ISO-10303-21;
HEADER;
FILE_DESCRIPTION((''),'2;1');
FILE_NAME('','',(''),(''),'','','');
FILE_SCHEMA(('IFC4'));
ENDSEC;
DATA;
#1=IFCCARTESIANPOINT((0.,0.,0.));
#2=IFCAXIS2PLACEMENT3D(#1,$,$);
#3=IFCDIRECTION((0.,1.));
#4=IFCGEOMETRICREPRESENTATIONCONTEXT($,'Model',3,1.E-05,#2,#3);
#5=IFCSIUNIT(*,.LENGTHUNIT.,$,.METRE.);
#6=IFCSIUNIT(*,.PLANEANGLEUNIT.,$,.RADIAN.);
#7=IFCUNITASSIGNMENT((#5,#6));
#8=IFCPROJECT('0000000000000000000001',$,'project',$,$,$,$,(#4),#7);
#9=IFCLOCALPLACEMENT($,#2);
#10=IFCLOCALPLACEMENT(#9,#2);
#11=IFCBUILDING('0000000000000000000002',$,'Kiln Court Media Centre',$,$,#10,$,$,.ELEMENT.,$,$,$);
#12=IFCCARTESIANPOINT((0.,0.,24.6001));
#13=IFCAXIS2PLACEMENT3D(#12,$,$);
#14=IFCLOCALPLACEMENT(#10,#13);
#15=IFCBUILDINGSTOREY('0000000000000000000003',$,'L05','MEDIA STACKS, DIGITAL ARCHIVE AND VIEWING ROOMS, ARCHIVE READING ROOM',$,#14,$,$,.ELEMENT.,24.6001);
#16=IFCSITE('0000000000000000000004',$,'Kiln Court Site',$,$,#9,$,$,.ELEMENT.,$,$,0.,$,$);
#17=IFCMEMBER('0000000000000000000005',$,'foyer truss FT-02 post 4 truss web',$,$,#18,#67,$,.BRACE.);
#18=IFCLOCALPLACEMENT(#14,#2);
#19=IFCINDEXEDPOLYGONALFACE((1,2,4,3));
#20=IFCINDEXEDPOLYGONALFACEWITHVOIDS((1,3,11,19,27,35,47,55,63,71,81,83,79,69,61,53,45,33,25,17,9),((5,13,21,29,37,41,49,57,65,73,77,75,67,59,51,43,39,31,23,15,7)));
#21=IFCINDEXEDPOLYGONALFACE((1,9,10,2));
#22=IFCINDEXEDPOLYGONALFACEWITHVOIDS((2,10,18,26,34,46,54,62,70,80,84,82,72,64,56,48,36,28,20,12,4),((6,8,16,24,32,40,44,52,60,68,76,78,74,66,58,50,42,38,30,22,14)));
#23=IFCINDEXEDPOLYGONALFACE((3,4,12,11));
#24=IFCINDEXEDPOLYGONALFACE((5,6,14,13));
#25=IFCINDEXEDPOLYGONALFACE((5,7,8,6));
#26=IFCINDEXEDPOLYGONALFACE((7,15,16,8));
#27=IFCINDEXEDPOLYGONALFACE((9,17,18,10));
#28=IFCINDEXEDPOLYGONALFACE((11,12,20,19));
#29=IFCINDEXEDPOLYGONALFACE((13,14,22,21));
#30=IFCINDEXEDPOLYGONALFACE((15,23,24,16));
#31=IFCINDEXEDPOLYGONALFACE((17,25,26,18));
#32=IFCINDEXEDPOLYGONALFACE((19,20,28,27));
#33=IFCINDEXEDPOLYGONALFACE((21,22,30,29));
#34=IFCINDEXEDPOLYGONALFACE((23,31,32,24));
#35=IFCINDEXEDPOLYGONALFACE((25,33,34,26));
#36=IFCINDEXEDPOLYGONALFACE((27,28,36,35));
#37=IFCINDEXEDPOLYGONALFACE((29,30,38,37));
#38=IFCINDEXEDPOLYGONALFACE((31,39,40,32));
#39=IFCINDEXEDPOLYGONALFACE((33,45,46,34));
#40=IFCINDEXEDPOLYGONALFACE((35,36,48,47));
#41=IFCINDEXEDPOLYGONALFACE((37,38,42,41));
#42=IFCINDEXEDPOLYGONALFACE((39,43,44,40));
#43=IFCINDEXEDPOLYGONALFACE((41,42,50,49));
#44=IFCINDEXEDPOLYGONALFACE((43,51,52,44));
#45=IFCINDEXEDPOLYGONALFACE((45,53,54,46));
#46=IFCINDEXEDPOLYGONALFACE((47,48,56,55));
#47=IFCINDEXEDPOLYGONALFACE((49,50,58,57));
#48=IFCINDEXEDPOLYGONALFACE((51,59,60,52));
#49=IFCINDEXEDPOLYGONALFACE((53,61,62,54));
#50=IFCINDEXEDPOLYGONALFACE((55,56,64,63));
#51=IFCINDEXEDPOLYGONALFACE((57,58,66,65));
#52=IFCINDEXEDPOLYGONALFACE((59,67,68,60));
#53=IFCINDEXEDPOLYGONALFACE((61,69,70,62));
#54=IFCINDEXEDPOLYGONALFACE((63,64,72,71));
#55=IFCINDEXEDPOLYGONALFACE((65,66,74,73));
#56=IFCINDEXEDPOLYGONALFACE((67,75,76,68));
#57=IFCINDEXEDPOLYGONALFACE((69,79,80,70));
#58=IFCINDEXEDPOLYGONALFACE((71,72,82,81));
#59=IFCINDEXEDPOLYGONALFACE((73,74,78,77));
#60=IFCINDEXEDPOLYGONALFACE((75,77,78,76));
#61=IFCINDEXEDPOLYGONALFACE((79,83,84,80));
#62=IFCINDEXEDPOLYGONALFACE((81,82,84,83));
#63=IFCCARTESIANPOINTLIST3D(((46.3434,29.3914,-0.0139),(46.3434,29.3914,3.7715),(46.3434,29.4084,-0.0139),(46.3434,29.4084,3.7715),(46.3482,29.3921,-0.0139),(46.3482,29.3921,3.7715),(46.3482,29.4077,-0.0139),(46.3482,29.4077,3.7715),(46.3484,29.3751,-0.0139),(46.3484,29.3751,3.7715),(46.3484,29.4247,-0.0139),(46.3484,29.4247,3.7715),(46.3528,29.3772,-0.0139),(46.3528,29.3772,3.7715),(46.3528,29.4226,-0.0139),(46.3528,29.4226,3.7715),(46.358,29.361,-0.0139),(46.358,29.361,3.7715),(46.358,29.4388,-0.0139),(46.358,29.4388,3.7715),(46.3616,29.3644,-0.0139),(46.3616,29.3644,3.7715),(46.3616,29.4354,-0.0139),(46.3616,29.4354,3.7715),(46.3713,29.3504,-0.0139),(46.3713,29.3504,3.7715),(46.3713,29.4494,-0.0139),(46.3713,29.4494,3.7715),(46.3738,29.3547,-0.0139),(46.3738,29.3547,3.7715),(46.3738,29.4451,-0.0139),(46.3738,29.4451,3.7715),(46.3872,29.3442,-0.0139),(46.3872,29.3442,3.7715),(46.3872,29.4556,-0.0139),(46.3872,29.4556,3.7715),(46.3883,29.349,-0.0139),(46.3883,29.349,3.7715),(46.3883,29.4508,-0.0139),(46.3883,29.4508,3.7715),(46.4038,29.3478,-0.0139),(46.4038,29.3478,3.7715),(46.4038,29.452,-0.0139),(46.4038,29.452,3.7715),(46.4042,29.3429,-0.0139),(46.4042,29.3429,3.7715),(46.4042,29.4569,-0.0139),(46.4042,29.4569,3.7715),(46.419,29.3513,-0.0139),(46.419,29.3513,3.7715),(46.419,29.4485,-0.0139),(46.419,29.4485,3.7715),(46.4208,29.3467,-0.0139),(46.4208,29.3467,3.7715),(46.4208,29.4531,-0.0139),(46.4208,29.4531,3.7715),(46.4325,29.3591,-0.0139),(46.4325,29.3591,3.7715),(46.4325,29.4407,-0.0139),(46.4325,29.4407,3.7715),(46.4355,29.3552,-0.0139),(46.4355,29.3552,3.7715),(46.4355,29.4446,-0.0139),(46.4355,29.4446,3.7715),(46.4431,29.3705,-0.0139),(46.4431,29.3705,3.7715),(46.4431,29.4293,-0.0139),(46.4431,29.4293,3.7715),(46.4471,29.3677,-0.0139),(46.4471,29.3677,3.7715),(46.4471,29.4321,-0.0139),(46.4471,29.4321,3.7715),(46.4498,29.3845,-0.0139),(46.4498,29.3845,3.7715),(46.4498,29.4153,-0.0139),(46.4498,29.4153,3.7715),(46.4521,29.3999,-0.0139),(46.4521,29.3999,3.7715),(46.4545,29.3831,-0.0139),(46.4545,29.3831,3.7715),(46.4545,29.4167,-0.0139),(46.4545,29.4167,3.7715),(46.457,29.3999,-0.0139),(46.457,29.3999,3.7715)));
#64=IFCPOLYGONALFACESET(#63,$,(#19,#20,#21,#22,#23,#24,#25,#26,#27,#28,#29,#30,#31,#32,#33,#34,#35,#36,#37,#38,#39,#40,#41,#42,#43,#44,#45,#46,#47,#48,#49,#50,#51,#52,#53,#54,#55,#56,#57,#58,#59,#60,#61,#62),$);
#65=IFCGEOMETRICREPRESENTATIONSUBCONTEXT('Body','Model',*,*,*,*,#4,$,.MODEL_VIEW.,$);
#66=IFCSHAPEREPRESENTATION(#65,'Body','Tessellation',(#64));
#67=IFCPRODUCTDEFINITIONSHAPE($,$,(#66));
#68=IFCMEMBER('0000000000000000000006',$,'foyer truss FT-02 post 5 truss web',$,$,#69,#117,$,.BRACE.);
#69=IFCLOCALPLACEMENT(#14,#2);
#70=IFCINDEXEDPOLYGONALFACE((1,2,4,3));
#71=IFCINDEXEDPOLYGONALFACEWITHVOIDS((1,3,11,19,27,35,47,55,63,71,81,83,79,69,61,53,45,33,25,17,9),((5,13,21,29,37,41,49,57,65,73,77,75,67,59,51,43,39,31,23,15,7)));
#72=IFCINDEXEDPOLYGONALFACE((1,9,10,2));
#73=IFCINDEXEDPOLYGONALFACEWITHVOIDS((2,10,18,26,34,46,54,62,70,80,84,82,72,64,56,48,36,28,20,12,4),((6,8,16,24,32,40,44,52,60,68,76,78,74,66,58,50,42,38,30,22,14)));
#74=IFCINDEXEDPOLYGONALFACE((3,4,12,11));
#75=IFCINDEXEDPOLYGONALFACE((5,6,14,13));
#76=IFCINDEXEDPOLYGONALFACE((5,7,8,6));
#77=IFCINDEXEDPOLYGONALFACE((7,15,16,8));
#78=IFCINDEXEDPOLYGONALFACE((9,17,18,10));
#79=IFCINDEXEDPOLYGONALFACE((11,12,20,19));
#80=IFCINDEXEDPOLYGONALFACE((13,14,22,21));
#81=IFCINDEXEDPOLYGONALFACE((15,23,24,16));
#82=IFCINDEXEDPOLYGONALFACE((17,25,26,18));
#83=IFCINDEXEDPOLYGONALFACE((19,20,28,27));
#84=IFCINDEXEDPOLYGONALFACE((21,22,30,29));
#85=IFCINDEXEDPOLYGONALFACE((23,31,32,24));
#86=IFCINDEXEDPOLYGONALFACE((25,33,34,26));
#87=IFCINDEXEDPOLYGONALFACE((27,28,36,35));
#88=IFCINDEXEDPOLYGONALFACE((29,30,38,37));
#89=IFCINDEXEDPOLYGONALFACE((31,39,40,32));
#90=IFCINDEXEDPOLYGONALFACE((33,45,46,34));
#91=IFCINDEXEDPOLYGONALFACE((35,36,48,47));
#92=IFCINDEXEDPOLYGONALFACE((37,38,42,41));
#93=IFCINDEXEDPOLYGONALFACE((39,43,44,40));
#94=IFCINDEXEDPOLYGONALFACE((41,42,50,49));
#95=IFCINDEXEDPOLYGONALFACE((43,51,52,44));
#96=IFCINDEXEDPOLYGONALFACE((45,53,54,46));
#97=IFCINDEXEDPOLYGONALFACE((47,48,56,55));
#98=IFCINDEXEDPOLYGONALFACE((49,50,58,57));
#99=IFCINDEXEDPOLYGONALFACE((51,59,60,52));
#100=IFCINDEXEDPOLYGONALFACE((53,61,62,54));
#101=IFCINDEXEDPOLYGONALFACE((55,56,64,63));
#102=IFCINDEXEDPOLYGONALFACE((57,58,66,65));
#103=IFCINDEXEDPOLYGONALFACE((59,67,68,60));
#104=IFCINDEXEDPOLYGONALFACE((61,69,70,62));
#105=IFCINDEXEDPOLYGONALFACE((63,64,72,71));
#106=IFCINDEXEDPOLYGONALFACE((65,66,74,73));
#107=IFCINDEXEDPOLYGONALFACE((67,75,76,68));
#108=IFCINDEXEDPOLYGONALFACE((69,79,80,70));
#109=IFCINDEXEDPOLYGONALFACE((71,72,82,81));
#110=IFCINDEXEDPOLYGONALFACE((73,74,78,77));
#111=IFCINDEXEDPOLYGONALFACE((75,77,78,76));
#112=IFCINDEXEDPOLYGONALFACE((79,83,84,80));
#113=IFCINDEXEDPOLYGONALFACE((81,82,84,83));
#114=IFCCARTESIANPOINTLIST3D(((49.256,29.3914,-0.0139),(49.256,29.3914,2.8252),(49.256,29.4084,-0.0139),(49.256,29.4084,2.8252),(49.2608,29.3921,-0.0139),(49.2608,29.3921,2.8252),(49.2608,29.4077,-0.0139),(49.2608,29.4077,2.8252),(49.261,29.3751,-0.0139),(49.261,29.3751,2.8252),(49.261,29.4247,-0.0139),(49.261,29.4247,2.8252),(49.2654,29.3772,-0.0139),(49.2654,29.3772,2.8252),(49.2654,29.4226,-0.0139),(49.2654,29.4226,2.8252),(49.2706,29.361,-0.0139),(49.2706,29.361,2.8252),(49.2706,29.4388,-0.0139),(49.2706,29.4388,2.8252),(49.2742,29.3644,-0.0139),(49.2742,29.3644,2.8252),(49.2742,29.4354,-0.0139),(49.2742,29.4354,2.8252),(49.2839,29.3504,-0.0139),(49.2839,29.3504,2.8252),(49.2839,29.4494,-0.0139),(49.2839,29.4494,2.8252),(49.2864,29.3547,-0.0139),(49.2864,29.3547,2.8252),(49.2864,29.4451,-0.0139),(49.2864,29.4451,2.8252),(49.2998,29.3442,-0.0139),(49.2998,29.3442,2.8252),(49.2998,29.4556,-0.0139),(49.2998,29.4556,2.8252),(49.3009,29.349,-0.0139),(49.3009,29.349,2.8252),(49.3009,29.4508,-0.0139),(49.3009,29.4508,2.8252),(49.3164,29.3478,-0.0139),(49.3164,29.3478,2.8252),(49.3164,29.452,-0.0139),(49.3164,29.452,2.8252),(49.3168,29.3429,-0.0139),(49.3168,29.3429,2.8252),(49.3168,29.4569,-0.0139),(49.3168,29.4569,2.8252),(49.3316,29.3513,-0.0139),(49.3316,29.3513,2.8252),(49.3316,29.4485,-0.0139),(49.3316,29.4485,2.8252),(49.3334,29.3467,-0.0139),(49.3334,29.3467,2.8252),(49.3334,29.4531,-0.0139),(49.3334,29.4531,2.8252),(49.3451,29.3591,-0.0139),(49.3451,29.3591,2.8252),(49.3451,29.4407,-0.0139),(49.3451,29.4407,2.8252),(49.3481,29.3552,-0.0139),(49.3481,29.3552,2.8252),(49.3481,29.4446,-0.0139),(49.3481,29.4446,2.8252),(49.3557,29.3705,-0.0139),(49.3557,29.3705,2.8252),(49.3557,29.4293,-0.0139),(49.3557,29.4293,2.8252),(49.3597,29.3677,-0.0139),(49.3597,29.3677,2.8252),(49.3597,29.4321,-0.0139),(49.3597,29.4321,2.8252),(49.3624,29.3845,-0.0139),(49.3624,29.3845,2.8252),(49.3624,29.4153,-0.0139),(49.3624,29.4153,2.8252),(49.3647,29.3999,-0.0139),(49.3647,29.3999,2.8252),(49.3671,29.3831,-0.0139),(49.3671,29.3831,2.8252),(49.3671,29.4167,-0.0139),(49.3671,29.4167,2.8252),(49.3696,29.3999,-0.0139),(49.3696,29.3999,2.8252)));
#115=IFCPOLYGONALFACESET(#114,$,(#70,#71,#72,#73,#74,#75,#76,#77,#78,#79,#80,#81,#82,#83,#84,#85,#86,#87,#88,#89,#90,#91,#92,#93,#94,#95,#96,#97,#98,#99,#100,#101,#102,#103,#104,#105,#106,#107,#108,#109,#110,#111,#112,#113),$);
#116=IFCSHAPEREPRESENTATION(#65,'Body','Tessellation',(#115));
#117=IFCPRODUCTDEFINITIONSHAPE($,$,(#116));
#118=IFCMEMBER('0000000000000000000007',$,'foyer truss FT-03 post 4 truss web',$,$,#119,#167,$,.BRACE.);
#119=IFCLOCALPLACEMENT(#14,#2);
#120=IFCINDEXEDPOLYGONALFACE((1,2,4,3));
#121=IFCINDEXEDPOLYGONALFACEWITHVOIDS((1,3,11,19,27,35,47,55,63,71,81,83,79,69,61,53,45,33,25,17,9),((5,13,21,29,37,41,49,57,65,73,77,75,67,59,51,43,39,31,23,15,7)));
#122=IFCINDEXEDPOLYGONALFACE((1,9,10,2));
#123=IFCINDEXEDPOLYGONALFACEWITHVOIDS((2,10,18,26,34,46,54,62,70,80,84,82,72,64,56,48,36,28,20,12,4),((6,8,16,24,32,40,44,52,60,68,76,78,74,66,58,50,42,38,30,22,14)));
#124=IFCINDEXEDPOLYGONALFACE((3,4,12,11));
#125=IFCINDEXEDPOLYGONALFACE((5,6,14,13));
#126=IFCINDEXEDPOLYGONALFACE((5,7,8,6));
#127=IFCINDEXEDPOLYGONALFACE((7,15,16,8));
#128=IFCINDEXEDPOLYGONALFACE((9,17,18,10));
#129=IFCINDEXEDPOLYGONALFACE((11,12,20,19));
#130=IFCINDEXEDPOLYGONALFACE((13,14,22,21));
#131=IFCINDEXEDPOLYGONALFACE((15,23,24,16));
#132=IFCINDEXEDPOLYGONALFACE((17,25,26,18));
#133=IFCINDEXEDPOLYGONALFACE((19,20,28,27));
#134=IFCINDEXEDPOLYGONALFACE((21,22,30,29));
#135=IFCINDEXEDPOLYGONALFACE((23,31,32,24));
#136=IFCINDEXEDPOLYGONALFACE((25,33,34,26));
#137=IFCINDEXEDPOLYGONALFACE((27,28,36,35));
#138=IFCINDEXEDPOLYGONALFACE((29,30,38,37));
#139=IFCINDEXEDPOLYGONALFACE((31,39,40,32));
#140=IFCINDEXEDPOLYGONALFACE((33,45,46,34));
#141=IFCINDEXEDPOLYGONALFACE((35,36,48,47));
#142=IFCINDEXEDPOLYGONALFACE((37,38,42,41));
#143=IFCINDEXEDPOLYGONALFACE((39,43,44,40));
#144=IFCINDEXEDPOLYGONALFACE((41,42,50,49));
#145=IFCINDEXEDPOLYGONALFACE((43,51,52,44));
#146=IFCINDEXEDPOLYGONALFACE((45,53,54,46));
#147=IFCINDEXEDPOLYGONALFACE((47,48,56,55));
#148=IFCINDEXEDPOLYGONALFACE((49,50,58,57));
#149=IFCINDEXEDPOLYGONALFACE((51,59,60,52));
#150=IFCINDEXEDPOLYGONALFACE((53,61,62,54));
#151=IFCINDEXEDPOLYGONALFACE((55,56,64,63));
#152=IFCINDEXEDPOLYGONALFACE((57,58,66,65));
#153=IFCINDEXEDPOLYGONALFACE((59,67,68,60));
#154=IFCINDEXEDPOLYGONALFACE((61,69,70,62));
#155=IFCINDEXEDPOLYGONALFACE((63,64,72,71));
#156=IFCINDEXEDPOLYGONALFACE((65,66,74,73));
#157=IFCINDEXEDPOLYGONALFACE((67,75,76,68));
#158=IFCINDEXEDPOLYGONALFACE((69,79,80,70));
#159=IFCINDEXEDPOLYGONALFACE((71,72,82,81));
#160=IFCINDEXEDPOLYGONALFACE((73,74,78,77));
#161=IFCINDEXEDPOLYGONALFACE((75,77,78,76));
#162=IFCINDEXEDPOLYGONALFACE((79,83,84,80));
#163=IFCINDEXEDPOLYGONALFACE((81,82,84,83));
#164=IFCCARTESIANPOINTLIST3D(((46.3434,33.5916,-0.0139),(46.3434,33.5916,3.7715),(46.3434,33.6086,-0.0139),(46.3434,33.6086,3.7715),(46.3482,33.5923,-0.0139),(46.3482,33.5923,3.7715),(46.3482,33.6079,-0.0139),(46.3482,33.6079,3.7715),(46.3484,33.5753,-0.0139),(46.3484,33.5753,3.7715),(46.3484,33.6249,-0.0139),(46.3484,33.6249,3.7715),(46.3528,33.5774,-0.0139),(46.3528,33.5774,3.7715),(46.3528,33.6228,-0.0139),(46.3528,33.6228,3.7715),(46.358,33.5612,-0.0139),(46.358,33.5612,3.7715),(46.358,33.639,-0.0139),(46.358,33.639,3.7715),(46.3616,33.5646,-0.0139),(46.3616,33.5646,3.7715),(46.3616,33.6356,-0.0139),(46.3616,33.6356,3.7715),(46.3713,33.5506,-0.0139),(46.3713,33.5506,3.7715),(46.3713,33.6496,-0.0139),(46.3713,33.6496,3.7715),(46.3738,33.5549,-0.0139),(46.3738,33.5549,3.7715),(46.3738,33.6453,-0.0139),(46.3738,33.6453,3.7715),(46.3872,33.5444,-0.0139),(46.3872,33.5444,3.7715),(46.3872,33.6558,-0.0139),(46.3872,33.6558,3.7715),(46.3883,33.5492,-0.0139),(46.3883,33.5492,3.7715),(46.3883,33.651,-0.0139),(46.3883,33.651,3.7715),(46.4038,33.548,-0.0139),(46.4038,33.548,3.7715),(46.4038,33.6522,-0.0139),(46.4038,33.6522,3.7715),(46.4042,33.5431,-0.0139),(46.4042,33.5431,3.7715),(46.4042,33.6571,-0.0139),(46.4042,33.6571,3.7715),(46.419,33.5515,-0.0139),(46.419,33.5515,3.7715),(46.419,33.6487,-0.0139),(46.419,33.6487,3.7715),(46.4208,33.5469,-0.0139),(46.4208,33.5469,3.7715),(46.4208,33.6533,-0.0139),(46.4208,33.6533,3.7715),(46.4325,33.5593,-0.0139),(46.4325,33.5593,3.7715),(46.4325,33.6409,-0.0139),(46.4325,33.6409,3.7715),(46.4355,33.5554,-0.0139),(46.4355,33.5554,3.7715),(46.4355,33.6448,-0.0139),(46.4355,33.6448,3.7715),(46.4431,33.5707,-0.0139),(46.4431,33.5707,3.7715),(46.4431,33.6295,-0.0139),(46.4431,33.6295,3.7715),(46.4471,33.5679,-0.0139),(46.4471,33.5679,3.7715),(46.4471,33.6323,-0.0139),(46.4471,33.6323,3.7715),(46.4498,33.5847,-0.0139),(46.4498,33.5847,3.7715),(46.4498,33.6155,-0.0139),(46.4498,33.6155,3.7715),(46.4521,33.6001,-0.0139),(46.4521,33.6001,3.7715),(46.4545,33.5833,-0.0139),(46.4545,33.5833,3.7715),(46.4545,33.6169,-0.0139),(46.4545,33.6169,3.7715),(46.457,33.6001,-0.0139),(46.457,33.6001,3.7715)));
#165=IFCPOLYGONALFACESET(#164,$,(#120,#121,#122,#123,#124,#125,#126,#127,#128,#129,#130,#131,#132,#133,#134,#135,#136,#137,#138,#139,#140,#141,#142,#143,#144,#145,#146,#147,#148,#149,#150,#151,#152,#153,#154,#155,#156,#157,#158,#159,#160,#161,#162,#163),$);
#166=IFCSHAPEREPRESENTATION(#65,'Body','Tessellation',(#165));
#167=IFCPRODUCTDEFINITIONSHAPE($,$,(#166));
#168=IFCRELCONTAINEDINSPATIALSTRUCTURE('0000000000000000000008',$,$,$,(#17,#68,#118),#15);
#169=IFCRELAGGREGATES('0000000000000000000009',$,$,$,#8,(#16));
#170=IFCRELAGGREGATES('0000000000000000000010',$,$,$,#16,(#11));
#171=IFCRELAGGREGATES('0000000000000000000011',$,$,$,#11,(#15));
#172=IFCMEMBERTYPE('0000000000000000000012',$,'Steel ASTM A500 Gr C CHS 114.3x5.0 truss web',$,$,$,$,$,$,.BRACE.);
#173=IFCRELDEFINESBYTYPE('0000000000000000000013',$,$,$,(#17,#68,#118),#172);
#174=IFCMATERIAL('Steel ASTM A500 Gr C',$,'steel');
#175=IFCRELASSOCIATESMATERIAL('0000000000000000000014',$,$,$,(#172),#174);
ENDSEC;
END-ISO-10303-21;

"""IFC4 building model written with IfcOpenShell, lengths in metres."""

from ifc_helpers import new_model, si_unit, direction, frame, origin, origin_2d, place, context, subcontext, project, spatial, hollow_circle, extrude, material, material_profile, profile_set, type_object, element, save


model = new_model("IFC4")

# Units and contexts
model_context = context("Model", 3, precision=1e-05, world=origin(), true_north=direction((0.0, 1.0)))
body_context = subcontext(model_context, "Body", "Model", "MODEL_VIEW")
ifc_project = project(units=[si_unit("LENGTHUNIT", "METRE"), si_unit("PLANEANGLEUNIT", "RADIAN")], contexts=[model_context])

# Site, building, storey
site_placement = place(None, origin())
site = spatial("IfcSite", under=ifc_project, at=site_placement, Name="Kiln Court Site", CompositionType="ELEMENT", RefElevation=0.0)
building_placement = place(site_placement, origin())
building = spatial("IfcBuilding", under=site, at=building_placement, Name="Kiln Court Media Centre", CompositionType="ELEMENT")
storey_placement = place(building_placement, frame((0.0, 0.0, 24.6001)))
storey = spatial("IfcBuildingStorey", under=building, at=storey_placement, Name="L05", Description="MEDIA STACKS, DIGITAL ARCHIVE AND VIEWING ROOMS, ARCHIVE READING ROOM", CompositionType="ELEMENT", Elevation=24.6001)

# Members
ifc_material_1 = material(Name="Steel ASTM A500 Gr C", Category="steel")
ifc_material_profile_1 = material_profile(ifc_material_1, hollow_circle(Radius=0.0571, WallThickness=0.0049, at=origin_2d()), Name="CHS 114.3x5.0")
ifc_profile_set_1 = profile_set([ifc_material_profile_1], Name="Steel ASTM A500 Gr C")
member_type_1 = type_object("IfcMemberType", Name="Steel ASTM A500 Gr C CHS 114.3x5.0 truss web", PredefinedType="BRACE", material=ifc_profile_set_1)
member_1_placement = place(storey_placement, frame((46.3999, 29.3999, -0.0139), z_axis=(0.0, 0.0, 1.0), x_axis=(1.0, 0.0, 0.0)))
element("IfcMember", 1, at=member_1_placement, inside=storey, type_object=member_type_1, Name="foyer truss FT-02 post 4 truss web", PredefinedType="BRACE", context=body_context, shape_type="SweptSolid", body=[
    extrude(hollow_circle(Radius=0.0571, WallThickness=0.0049, at=origin_2d()), origin(), (0.0, 0.0, 1.0), 3.7854),
])
member_2_placement = place(storey_placement, frame((49.3125, 29.3999, -0.0139), z_axis=(0.0, 0.0, 1.0), x_axis=(1.0, 0.0, 0.0)))
element("IfcMember", 2, at=member_2_placement, inside=storey, type_object=member_type_1, Name="foyer truss FT-02 post 5 truss web", PredefinedType="BRACE", context=body_context, shape_type="SweptSolid", body=[
    extrude(hollow_circle(Radius=0.0571, WallThickness=0.0049, at=origin_2d()), origin(), (0.0, 0.0, 1.0), 2.8391),
])
member_3_placement = place(storey_placement, frame((46.3999, 33.6001, -0.0139), z_axis=(0.0, 0.0, 1.0), x_axis=(1.0, 0.0, 0.0)))
element("IfcMember", 3, at=member_3_placement, inside=storey, type_object=member_type_1, Name="foyer truss FT-03 post 4 truss web", PredefinedType="BRACE", context=body_context, shape_type="SweptSolid", body=[
    extrude(hollow_circle(Radius=0.0571, WallThickness=0.0049, at=origin_2d()), origin(), (0.0, 0.0, 1.0), 3.7854),
])

save(model, "model.ifc")
